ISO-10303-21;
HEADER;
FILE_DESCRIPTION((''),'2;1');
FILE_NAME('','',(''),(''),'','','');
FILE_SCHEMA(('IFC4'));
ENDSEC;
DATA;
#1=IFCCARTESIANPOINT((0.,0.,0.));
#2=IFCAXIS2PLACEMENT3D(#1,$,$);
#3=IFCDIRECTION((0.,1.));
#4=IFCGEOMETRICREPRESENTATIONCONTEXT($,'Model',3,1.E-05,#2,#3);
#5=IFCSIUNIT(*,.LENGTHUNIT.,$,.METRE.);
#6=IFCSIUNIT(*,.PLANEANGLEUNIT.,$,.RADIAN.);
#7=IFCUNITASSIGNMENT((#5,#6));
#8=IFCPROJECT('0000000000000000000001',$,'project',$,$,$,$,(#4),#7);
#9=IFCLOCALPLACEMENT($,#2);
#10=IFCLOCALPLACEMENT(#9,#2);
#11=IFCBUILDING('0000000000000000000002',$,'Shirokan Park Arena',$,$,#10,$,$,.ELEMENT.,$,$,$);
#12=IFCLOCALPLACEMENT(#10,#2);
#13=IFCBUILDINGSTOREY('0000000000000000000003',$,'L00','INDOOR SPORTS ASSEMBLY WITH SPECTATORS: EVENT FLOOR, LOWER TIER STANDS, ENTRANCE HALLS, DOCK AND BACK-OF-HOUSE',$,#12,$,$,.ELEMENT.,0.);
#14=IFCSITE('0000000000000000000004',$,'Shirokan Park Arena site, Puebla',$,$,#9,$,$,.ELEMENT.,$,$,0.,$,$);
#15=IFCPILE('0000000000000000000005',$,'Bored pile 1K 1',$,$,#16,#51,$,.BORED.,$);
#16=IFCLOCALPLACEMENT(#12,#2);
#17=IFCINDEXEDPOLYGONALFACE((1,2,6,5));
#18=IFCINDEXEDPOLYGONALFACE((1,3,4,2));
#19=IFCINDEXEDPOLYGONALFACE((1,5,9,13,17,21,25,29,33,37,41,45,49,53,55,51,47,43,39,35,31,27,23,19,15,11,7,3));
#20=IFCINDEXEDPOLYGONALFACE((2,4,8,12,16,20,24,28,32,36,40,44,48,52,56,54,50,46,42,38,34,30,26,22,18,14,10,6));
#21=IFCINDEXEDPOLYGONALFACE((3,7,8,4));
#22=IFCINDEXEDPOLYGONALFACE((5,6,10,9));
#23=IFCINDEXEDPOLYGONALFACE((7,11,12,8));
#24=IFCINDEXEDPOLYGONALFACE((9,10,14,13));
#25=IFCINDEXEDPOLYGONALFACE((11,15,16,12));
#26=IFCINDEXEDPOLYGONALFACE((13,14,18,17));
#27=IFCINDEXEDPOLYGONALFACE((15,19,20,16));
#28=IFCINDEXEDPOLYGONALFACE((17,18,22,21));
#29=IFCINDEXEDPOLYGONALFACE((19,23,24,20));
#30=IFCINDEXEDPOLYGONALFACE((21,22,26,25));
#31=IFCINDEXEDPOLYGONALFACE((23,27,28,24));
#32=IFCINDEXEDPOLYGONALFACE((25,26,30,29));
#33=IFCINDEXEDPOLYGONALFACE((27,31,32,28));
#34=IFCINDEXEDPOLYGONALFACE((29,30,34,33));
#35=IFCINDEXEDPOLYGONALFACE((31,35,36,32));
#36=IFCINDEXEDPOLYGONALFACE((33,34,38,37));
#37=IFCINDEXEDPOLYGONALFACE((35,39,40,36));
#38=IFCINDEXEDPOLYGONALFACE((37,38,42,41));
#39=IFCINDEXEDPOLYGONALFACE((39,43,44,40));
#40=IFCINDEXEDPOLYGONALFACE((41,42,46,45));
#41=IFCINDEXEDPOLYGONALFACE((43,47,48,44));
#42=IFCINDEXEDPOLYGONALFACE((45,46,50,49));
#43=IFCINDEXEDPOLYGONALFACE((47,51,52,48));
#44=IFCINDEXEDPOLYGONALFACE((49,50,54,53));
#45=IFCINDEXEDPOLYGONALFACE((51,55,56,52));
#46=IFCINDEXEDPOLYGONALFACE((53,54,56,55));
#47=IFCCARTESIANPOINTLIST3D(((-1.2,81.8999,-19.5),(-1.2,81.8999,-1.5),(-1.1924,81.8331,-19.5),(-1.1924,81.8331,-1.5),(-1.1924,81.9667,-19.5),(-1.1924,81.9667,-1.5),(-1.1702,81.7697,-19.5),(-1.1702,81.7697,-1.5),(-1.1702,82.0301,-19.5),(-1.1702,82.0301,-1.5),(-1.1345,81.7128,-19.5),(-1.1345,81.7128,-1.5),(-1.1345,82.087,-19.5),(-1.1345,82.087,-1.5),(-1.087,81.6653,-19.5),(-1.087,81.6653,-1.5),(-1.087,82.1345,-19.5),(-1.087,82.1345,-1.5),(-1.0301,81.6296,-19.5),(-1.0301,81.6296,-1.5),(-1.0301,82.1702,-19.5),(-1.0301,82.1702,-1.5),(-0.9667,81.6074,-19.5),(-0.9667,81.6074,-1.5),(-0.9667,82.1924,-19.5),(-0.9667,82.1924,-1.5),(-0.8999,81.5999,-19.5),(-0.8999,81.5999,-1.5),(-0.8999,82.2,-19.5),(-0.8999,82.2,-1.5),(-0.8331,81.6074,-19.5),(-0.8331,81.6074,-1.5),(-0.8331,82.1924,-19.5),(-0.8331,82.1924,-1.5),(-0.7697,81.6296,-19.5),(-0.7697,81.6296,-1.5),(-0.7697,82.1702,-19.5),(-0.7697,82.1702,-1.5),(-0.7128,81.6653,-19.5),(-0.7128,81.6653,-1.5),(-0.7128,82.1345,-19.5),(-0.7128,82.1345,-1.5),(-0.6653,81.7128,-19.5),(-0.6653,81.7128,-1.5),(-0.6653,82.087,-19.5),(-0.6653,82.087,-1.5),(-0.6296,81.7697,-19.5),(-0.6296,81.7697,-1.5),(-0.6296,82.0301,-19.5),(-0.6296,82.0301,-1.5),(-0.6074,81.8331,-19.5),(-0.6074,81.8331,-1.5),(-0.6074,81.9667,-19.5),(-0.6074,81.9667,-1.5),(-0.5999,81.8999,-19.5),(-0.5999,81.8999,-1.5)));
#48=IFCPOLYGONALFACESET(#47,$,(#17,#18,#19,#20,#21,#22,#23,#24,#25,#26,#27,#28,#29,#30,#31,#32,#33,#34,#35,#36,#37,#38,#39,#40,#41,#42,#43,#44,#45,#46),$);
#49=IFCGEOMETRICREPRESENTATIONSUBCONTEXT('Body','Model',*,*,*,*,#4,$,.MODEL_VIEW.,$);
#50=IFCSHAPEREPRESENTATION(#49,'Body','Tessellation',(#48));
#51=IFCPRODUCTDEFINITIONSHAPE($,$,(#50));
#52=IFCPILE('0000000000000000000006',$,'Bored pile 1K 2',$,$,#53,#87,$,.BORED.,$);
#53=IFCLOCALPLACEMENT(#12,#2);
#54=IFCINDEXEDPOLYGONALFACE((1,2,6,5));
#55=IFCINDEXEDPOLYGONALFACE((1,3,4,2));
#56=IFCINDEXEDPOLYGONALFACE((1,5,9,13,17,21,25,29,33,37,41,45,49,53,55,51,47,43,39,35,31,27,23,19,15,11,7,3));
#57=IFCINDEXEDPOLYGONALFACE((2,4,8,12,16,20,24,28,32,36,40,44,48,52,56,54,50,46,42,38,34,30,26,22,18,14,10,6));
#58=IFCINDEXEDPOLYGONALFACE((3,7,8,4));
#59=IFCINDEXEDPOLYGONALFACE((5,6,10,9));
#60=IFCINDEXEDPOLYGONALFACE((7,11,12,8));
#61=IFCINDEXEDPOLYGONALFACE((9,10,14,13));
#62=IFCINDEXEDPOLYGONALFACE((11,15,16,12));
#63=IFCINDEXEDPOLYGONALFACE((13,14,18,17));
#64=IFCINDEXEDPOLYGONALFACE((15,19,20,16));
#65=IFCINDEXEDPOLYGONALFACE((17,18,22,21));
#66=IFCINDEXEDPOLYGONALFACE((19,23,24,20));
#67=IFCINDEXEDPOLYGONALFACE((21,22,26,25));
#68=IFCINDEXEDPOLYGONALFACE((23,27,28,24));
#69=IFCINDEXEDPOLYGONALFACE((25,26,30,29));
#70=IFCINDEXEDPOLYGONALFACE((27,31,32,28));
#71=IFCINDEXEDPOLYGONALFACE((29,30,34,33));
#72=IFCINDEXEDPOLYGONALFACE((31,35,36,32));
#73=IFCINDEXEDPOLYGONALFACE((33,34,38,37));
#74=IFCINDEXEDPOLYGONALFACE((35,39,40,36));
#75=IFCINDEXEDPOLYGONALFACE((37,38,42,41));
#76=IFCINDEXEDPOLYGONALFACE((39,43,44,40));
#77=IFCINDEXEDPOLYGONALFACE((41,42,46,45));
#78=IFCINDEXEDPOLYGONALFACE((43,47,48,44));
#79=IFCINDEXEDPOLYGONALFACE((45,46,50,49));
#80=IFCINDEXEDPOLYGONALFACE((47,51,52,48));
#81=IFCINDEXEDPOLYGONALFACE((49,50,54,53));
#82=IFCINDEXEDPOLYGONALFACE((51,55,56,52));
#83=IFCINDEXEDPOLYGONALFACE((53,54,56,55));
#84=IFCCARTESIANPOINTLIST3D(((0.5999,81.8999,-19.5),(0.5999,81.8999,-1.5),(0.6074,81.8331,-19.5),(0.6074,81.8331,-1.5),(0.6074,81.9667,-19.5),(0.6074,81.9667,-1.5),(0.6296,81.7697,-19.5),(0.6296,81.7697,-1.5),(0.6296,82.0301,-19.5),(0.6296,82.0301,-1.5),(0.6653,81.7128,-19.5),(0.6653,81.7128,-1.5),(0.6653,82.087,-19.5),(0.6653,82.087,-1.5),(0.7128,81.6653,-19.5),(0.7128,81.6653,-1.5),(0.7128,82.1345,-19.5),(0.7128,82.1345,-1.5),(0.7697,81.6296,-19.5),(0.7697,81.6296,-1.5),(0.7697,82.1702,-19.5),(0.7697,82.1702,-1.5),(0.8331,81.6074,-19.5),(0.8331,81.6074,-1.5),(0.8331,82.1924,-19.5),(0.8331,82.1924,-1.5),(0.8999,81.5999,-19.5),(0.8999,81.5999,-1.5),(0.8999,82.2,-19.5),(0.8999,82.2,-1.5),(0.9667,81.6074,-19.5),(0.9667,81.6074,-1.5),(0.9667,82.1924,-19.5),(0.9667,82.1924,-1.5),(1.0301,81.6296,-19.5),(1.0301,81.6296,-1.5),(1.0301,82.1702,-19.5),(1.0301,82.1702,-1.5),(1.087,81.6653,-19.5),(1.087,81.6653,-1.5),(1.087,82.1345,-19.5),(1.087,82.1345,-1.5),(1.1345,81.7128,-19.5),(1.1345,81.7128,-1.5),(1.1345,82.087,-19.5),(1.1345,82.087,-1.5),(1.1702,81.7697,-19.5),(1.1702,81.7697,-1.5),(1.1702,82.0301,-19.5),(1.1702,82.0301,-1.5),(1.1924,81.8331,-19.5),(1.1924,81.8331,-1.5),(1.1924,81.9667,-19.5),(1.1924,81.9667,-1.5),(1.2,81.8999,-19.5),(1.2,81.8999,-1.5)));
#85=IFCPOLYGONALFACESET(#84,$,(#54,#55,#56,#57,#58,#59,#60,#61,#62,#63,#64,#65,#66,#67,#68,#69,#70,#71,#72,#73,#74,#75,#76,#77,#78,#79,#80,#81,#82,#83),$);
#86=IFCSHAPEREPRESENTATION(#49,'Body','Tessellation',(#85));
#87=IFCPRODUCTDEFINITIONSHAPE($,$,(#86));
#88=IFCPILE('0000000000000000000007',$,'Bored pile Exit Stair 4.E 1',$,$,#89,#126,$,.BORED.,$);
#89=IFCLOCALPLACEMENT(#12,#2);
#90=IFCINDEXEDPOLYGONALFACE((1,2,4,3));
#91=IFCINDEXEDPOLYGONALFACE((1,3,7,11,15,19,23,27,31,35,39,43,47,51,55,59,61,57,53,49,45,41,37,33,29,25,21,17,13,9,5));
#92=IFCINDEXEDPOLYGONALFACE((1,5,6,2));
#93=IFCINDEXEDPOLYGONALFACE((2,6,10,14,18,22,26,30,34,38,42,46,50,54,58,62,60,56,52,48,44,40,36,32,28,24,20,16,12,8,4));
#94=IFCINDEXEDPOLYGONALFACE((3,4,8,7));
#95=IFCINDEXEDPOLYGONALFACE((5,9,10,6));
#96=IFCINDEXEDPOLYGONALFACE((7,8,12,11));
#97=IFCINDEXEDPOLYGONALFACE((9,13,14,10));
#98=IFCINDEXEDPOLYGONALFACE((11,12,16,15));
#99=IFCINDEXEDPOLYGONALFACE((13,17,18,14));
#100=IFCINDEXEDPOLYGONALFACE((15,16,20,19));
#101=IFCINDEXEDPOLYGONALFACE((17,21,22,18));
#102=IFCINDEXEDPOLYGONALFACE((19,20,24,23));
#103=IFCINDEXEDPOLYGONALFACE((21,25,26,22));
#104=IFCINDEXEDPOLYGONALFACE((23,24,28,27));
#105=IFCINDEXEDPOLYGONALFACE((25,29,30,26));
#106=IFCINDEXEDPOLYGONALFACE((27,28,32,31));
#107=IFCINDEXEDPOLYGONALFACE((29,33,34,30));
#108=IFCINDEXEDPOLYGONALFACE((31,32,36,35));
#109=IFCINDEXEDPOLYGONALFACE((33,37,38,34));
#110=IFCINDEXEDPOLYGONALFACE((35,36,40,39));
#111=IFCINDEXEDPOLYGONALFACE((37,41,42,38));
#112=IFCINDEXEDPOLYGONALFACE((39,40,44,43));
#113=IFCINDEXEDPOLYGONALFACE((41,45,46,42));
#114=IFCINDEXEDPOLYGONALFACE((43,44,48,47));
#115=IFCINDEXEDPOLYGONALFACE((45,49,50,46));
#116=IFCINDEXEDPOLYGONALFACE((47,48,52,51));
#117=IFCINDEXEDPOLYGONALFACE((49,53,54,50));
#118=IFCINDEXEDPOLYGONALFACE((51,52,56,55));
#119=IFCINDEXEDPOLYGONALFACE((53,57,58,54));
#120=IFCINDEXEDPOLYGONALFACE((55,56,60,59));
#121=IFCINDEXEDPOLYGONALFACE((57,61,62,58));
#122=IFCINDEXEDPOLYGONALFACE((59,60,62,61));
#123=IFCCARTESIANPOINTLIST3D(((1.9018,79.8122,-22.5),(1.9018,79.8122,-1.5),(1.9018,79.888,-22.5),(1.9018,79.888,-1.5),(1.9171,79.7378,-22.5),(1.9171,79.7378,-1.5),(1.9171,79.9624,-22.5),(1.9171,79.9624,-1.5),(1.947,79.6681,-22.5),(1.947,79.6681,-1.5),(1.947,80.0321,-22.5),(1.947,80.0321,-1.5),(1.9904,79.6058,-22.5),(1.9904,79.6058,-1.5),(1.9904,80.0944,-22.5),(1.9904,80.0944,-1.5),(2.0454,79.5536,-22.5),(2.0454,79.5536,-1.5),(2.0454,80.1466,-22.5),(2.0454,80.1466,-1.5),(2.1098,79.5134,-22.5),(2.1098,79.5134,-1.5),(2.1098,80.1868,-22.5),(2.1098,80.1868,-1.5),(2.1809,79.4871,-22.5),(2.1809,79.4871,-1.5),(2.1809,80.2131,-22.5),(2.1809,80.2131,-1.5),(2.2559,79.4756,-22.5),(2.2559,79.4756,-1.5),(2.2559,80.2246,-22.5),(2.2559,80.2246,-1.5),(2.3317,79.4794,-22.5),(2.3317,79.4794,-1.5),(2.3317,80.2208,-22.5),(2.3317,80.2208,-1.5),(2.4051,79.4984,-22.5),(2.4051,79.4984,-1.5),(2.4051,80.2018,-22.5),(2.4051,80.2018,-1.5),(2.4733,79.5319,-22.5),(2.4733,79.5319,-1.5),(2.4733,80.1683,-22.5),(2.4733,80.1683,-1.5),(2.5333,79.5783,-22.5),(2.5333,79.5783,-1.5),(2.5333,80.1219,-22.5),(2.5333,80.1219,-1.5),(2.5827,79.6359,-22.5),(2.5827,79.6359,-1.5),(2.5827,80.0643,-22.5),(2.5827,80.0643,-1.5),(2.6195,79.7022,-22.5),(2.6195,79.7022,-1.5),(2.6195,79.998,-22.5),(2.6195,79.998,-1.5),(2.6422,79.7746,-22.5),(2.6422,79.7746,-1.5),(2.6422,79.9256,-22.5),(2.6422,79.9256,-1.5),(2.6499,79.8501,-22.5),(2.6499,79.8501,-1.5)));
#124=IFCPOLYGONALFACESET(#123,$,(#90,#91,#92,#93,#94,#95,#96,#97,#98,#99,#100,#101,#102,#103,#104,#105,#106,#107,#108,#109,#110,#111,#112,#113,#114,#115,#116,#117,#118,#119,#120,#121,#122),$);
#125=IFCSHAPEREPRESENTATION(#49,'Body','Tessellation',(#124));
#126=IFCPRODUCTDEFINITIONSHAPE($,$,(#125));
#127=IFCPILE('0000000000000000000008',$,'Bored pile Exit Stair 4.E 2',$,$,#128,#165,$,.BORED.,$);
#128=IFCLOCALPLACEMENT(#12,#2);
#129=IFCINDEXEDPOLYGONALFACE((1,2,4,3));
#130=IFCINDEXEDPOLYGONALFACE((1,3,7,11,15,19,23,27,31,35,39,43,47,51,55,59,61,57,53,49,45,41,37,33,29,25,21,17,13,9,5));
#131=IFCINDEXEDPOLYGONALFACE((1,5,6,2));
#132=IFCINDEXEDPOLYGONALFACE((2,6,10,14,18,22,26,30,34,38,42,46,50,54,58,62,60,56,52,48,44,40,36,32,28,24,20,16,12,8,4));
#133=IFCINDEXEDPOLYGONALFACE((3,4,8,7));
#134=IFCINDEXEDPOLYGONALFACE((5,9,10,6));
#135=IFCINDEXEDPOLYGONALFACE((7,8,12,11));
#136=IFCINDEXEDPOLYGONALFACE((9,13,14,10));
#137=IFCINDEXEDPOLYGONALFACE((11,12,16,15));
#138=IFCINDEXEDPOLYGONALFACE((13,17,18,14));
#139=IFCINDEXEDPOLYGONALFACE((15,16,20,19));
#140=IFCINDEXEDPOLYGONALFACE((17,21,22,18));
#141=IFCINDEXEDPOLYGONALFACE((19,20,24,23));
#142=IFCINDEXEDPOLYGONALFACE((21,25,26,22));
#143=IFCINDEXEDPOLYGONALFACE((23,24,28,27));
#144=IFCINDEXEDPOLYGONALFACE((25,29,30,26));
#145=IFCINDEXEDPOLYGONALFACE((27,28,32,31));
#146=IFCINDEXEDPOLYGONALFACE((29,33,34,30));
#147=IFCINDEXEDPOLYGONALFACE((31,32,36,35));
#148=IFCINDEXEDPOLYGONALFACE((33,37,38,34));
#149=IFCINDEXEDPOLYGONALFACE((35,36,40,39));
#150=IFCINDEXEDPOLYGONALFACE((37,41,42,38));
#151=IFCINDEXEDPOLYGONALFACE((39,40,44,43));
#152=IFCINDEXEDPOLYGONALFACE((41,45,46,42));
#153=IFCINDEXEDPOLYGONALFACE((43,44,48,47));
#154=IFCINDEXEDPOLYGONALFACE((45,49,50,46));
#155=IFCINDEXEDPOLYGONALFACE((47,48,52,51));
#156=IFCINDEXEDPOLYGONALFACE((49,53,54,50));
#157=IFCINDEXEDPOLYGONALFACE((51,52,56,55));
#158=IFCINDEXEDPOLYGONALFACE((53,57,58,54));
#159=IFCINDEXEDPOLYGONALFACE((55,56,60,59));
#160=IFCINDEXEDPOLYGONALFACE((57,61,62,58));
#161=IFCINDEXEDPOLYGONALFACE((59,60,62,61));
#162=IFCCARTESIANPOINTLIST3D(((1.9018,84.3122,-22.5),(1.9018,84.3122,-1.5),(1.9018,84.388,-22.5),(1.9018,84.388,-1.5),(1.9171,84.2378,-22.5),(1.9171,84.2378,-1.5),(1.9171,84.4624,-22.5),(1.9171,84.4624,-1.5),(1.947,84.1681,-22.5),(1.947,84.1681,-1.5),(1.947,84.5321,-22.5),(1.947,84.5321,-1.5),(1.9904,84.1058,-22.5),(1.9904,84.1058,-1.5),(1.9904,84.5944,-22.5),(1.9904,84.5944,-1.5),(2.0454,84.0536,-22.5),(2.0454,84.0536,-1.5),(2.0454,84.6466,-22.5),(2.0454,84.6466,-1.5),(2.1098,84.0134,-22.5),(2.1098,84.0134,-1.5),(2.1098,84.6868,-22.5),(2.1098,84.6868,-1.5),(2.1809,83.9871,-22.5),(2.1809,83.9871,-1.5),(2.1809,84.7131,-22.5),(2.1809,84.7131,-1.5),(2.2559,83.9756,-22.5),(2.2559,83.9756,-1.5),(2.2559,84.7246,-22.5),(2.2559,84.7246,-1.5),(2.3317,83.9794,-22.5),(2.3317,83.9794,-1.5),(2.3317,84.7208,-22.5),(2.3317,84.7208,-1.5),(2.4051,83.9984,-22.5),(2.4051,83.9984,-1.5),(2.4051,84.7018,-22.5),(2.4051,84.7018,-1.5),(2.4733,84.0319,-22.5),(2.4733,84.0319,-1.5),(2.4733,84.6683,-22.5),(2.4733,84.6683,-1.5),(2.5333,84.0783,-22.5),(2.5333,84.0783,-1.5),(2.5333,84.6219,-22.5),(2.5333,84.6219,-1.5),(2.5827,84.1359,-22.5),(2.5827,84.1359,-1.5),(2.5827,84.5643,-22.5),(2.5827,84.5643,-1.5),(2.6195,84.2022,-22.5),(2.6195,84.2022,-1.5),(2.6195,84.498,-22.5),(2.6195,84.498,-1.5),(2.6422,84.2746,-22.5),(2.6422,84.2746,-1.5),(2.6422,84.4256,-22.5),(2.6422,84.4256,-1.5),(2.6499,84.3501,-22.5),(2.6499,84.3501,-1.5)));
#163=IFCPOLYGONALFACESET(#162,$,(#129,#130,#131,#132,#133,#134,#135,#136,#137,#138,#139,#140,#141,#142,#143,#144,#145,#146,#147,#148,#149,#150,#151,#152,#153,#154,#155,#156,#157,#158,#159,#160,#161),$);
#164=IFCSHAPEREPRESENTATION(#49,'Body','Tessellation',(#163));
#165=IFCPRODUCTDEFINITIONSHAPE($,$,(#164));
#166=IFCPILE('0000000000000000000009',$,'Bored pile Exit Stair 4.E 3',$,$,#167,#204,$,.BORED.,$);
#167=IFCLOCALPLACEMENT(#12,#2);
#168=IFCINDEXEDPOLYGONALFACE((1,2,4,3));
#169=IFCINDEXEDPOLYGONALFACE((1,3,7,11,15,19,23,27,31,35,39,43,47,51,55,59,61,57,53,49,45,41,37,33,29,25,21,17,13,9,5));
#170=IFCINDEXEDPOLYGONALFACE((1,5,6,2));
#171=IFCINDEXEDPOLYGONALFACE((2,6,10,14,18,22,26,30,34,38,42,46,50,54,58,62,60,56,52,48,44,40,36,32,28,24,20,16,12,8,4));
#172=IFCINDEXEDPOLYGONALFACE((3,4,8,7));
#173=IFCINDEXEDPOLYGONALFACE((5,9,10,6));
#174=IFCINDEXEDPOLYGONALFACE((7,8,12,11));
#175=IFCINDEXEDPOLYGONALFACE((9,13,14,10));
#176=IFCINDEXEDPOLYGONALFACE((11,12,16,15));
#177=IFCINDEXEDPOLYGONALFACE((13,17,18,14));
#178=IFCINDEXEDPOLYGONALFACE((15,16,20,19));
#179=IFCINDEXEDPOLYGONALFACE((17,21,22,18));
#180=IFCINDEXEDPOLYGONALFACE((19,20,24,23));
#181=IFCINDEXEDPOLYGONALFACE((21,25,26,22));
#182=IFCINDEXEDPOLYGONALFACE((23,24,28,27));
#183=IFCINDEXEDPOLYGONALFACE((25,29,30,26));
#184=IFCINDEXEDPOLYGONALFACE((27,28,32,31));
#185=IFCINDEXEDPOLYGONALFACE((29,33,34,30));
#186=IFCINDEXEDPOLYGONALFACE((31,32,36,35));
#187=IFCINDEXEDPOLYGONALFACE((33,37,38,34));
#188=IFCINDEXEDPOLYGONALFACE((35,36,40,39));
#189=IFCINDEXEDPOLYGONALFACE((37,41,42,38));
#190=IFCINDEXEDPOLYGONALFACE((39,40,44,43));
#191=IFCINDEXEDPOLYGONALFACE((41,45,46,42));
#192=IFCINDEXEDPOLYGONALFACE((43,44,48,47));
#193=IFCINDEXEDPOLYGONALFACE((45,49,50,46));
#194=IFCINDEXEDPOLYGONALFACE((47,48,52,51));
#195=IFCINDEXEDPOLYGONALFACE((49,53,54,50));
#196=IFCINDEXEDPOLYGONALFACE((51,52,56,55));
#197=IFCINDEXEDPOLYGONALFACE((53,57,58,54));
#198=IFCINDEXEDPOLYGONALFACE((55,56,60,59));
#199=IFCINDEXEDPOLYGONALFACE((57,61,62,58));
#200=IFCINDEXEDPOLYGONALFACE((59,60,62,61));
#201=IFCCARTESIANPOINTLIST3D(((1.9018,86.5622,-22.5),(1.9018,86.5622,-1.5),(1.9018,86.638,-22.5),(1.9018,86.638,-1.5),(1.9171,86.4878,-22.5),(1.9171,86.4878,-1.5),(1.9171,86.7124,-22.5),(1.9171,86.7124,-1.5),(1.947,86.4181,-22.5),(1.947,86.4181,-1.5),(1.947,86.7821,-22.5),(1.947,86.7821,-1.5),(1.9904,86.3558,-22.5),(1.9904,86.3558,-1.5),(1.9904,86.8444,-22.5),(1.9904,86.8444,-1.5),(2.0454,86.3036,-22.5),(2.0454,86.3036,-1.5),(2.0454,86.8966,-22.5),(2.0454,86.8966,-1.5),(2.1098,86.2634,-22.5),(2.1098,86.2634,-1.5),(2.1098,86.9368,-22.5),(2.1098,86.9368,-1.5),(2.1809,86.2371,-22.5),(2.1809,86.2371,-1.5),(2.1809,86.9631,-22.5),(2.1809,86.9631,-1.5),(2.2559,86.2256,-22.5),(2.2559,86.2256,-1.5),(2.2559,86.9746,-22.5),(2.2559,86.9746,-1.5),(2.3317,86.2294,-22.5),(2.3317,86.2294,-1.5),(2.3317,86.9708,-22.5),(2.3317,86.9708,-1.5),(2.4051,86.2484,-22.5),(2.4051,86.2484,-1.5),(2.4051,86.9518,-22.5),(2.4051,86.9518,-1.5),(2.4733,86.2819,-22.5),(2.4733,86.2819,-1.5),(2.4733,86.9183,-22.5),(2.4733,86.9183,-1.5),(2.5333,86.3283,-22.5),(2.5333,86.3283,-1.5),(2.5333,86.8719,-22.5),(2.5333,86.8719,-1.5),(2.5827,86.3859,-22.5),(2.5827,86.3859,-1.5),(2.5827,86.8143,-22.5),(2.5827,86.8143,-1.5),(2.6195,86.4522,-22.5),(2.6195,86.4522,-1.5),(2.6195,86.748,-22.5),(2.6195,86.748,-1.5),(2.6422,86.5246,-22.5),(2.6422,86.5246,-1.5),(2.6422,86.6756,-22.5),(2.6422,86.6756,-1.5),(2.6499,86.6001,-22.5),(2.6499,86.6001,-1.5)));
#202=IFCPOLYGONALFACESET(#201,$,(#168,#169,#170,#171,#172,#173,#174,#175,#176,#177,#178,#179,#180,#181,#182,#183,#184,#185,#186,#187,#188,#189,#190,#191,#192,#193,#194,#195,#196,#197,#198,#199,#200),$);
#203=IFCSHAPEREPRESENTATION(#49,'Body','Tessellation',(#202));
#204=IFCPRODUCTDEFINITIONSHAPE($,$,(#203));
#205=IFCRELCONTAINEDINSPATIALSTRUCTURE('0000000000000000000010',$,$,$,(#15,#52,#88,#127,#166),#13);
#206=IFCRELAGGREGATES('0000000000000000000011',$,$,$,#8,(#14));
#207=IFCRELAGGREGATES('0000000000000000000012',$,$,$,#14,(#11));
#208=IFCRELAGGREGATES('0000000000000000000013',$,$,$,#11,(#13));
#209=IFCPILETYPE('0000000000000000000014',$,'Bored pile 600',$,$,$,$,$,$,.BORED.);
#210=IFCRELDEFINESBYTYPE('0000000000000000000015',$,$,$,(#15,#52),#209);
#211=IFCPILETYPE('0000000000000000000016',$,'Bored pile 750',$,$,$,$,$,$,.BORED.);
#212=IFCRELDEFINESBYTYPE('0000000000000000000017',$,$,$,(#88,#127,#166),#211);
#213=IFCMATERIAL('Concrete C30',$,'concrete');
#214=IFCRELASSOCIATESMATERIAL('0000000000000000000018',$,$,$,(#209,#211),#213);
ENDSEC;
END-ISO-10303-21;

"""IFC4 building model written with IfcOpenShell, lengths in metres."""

from ifc_helpers import new_model, si_unit, direction, frame, origin, origin_2d, place, context, subcontext, project, spatial, circle, extrude, material, material_profile, profile_set, type_object, element, save


model = new_model("IFC4")

# Units and contexts
model_context = context("Model", 3, precision=1e-05, world=origin(), true_north=direction((0.0, 1.0)))
body_context = subcontext(model_context, "Body", "Model", "MODEL_VIEW")
ifc_project = project(units=[si_unit("LENGTHUNIT", "METRE"), si_unit("PLANEANGLEUNIT", "RADIAN")], contexts=[model_context])

# Site, building, storey
site_placement = place(None, origin())
site = spatial("IfcSite", under=ifc_project, at=site_placement, Name="Shirokan Park Arena site, Puebla", CompositionType="ELEMENT", RefElevation=0.0)
building_placement = place(site_placement, origin())
building = spatial("IfcBuilding", under=site, at=building_placement, Name="Shirokan Park Arena", CompositionType="ELEMENT")
storey_placement = place(building_placement, origin())
storey = spatial("IfcBuildingStorey", under=building, at=storey_placement, Name="L00", Description="INDOOR SPORTS ASSEMBLY WITH SPECTATORS: EVENT FLOOR, LOWER TIER STANDS, ENTRANCE HALLS, DOCK AND BACK-OF-HOUSE", CompositionType="ELEMENT", Elevation=0.0)

# Piles
ifc_material_1 = material(Name="Concrete C30", Category="concrete")
ifc_material_profile_1 = material_profile(ifc_material_1, circle(Radius=0.3, at=origin_2d()), Name="D600")
ifc_profile_set_1 = profile_set([ifc_material_profile_1], Name="Concrete C30")
pile_type_1 = type_object("IfcPileType", Name="Bored pile 600", PredefinedType="BORED", material=ifc_profile_set_1)
for number, where, z_axis, x_axis, name in (
    (1, (-0.8999, 81.8999, -1.5), (0.0, 0.0, -1.0), (1.0, 0.0, 0.0), "Bored pile 1K 1"),
    (2, (0.8999, 81.8999, -1.5), (0.0, 0.0, -1.0), (1.0, 0.0, 0.0), "Bored pile 1K 2"),
):
    element("IfcPile", number, at=place(storey_placement, frame(where, z_axis=z_axis, x_axis=x_axis)), inside=storey, type_object=pile_type_1, Name=name, PredefinedType="BORED", context=body_context, shape_type="SweptSolid", body=[
        extrude(circle(Radius=0.3, at=origin_2d()), origin(), (0.0, 0.0, 1.0), 18.0),
    ])
ifc_material_profile_2 = material_profile(ifc_material_1, circle(Radius=0.375, at=origin_2d()), Name="D750")
ifc_profile_set_2 = profile_set([ifc_material_profile_2], Name="Concrete C30")
pile_type_2 = type_object("IfcPileType", Name="Bored pile 750", PredefinedType="BORED", material=ifc_profile_set_2)
for number, where, z_axis, x_axis, name in (
    (3, (2.2749, 79.8501, -1.5), (0.0, 0.0, -1.0), (1.0, 0.0, 0.0), "Bored pile Exit Stair 4.E 1"),
    (4, (2.2749, 84.3501, -1.5), (0.0, 0.0, -1.0), (1.0, 0.0, 0.0), "Bored pile Exit Stair 4.E 2"),
    (5, (2.2749, 86.6001, -1.5), (0.0, 0.0, -1.0), (1.0, 0.0, 0.0), "Bored pile Exit Stair 4.E 3"),
):
    element("IfcPile", number, at=place(storey_placement, frame(where, z_axis=z_axis, x_axis=x_axis)), inside=storey, type_object=pile_type_2, Name=name, PredefinedType="BORED", context=body_context, shape_type="SweptSolid", body=[
        extrude(circle(Radius=0.375, at=origin_2d()), origin(), (0.0, 0.0, 1.0), 21.0),
    ])

save(model, "model.ifc")
